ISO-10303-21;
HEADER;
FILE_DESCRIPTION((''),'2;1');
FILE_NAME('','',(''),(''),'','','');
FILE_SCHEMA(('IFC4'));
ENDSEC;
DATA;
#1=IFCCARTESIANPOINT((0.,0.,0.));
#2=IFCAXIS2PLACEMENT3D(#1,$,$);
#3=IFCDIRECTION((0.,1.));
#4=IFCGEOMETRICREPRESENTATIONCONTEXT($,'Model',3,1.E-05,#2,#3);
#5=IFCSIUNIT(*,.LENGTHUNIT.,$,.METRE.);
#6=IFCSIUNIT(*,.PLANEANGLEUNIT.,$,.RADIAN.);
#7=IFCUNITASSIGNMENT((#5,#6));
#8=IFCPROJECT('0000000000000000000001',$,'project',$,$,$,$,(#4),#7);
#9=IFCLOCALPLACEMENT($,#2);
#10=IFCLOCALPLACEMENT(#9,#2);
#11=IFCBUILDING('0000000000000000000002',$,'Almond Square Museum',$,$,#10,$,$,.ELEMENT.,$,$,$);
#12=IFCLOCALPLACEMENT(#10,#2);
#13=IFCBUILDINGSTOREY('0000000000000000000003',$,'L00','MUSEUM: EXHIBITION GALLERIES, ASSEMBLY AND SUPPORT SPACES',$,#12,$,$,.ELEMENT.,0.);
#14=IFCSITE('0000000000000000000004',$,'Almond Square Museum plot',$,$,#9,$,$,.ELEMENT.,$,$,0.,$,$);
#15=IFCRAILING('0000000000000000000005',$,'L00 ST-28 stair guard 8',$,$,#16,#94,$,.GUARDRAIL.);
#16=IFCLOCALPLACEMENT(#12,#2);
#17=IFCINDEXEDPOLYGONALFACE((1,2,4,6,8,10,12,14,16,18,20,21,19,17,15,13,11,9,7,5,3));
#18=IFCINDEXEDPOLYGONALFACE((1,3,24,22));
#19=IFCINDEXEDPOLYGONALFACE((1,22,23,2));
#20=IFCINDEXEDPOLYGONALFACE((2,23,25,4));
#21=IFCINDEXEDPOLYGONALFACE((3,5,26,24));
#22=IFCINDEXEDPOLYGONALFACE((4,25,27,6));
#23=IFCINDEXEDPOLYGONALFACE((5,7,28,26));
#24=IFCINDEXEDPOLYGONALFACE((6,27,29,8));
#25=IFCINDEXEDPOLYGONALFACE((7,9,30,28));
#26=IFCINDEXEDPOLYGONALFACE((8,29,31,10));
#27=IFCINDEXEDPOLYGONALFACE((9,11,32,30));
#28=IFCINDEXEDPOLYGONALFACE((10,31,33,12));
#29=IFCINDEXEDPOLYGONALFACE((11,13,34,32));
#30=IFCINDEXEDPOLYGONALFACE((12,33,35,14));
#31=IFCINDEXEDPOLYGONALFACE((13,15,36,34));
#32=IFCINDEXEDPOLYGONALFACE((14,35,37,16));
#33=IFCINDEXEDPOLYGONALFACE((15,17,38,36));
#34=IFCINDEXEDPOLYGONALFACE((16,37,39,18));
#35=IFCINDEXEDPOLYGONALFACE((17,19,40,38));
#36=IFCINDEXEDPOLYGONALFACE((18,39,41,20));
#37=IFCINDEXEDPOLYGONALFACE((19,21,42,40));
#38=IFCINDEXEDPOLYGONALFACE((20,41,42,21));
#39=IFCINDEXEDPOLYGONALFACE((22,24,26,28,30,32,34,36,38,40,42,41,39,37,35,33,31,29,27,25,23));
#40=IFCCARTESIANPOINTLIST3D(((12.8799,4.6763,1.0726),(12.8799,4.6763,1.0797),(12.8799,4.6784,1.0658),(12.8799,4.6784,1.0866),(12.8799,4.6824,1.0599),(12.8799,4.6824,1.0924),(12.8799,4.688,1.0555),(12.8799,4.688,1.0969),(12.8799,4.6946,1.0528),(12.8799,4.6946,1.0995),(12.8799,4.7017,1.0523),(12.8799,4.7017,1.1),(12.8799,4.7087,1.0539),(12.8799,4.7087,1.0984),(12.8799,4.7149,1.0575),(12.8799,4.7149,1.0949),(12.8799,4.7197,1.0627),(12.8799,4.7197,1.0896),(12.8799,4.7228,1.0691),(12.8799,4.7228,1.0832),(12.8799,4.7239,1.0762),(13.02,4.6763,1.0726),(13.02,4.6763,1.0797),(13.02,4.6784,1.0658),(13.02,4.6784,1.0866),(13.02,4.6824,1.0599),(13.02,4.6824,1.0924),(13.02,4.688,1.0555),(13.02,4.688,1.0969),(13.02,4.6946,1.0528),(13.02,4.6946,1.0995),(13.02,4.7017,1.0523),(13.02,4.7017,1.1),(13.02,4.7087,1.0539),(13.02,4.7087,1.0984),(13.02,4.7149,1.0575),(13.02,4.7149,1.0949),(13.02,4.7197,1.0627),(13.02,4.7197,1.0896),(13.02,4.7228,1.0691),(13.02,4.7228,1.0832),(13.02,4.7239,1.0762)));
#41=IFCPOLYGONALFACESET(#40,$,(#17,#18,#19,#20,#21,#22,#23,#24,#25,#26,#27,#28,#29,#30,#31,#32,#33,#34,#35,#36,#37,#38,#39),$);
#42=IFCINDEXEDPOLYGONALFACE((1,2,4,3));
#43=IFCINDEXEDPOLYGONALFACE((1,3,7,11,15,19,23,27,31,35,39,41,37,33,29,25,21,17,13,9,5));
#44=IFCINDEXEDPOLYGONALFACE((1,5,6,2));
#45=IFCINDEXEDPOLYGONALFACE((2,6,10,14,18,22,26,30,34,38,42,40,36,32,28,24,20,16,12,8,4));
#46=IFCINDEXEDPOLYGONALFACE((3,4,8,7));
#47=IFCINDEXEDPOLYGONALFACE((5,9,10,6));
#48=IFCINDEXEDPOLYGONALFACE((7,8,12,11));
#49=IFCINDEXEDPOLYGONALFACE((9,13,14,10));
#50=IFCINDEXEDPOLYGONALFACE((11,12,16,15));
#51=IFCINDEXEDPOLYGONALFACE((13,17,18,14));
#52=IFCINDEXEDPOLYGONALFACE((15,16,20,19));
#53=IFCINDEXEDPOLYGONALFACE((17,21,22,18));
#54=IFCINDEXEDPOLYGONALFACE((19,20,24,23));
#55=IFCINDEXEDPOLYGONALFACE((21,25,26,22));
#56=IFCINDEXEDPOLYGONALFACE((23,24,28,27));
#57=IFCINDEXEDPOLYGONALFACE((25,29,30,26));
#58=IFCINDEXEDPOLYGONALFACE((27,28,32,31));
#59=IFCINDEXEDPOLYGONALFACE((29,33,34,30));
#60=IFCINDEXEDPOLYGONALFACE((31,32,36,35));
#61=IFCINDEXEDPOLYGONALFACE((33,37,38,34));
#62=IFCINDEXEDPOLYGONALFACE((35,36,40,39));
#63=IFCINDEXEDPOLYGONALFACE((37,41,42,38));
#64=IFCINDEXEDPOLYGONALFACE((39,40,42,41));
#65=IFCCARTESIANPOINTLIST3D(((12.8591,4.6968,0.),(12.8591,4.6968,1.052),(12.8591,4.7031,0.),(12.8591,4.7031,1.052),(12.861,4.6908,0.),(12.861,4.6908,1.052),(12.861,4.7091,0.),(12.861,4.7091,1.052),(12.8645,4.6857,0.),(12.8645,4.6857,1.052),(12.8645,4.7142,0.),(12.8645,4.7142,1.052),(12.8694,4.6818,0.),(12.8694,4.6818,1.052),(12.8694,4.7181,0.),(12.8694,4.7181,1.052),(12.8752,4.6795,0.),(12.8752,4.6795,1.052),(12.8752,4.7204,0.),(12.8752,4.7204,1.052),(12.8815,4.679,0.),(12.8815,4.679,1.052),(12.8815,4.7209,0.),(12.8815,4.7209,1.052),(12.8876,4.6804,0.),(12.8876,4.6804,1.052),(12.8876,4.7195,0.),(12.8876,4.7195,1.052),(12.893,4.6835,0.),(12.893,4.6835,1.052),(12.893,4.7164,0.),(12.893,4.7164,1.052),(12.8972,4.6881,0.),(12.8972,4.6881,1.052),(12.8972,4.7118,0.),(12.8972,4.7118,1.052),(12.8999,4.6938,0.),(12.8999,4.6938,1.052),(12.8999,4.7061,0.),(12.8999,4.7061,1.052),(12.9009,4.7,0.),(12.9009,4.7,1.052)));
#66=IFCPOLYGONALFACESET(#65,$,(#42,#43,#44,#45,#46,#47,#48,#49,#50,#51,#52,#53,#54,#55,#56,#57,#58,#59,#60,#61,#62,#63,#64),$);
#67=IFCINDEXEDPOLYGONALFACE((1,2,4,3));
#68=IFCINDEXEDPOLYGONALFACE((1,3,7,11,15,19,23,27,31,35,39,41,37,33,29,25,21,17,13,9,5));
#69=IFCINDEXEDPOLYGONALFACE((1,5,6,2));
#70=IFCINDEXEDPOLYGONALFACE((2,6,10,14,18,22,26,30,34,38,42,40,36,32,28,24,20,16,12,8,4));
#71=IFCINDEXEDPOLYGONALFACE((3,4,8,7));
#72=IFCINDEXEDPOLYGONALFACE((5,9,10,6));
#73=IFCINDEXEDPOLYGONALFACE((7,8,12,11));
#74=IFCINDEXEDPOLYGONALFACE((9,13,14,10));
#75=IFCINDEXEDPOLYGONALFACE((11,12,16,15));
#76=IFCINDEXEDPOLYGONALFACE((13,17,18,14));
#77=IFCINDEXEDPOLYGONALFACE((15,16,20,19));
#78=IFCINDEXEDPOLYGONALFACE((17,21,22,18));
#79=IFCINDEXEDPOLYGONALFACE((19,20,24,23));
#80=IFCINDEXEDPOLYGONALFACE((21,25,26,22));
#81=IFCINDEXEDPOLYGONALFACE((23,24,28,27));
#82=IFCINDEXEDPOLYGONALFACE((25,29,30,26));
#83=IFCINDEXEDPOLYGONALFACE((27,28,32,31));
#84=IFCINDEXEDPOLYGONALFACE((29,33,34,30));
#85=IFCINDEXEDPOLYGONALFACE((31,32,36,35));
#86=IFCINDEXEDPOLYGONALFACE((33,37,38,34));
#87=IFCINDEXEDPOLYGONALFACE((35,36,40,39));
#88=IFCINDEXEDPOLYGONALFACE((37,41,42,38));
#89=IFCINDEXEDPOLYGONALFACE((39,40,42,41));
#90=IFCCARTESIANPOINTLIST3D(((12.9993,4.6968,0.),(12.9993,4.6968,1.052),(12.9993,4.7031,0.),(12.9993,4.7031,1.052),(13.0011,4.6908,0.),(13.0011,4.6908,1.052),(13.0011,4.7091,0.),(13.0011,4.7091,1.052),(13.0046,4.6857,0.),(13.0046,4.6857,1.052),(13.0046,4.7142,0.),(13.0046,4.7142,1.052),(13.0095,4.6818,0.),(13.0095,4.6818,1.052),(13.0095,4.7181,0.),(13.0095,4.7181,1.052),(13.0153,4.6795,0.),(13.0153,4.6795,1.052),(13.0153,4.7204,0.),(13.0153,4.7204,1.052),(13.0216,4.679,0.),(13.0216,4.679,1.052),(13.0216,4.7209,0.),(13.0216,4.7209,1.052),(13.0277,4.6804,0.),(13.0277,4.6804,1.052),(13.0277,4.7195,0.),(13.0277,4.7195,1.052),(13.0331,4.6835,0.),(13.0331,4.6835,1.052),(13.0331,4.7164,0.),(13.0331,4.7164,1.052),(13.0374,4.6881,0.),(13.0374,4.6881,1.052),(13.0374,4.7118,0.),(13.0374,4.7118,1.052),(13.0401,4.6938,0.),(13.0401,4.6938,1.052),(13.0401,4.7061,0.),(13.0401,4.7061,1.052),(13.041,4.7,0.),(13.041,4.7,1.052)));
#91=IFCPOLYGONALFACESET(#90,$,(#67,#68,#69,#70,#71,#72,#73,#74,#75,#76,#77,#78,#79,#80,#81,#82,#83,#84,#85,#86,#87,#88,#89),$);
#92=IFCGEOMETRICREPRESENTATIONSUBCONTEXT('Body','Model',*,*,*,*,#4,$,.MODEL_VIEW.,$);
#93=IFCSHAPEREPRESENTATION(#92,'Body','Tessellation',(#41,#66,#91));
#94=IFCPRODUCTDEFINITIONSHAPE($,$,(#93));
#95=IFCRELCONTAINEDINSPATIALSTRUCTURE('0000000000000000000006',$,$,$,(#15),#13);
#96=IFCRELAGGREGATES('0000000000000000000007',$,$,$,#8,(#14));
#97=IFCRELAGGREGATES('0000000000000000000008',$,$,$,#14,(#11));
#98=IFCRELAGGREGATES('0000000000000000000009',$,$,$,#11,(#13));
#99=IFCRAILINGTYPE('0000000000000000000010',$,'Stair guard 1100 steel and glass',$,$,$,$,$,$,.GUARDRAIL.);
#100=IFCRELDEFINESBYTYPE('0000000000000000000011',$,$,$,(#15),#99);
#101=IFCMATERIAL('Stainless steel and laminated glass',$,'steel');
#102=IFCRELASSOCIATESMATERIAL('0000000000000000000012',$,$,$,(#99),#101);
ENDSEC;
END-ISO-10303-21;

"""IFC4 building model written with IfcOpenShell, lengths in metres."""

from ifc_helpers import new_model, si_unit, direction, frame, origin, origin_2d, place, context, subcontext, project, spatial, circle, extrude, material, type_object, element, save


model = new_model("IFC4")

# Units and contexts
model_context = context("Model", 3, precision=1e-05, world=origin(), true_north=direction((0.0, 1.0)))
body_context = subcontext(model_context, "Body", "Model", "MODEL_VIEW")
ifc_project = project(units=[si_unit("LENGTHUNIT", "METRE"), si_unit("PLANEANGLEUNIT", "RADIAN")], contexts=[model_context])

# Site, building, storey
site_placement = place(None, origin())
site = spatial("IfcSite", under=ifc_project, at=site_placement, Name="Almond Square Museum plot", CompositionType="ELEMENT", RefElevation=0.0)
building_placement = place(site_placement, origin())
building = spatial("IfcBuilding", under=site, at=building_placement, Name="Almond Square Museum", CompositionType="ELEMENT")
storey_placement = place(building_placement, origin())
storey = spatial("IfcBuildingStorey", under=building, at=storey_placement, Name="L00", Description="MUSEUM: EXHIBITION GALLERIES, ASSEMBLY AND SUPPORT SPACES", CompositionType="ELEMENT", Elevation=0.0)

# Railing
ifc_material_1 = material(Name="Stainless steel and laminated glass", Category="steel")
railing_type_1 = type_object("IfcRailingType", Name="Stair guard 1100 steel and glass", PredefinedType="GUARDRAIL", material=ifc_material_1)
railing_1_placement = place(storey_placement, frame((12.8799, 4.7, 0.0)))
element("IfcRailing", 1, at=railing_1_placement, inside=storey, type_object=railing_type_1, Name="L00 ST-28 stair guard 8", PredefinedType="GUARDRAIL", context=body_context, shape_type="SweptSolid", body=[
    extrude(circle(Radius=0.0239, at=origin_2d()), frame((0.0, 0.0, 1.0762), z_axis=(1.0, 0.0, 0.0), x_axis=(0.0, 1.0, 0.0)), (0.0, 0.0, 1.0), 0.1401),
    extrude(circle(Radius=0.021, at=origin_2d()), origin(), (0.0, 0.0, 1.0), 1.052),
    extrude(circle(Radius=0.021, at=origin_2d()), frame((0.1401, 0.0, 0.0)), (0.0, 0.0, 1.0), 1.052),
])

save(model, "model.ifc")
